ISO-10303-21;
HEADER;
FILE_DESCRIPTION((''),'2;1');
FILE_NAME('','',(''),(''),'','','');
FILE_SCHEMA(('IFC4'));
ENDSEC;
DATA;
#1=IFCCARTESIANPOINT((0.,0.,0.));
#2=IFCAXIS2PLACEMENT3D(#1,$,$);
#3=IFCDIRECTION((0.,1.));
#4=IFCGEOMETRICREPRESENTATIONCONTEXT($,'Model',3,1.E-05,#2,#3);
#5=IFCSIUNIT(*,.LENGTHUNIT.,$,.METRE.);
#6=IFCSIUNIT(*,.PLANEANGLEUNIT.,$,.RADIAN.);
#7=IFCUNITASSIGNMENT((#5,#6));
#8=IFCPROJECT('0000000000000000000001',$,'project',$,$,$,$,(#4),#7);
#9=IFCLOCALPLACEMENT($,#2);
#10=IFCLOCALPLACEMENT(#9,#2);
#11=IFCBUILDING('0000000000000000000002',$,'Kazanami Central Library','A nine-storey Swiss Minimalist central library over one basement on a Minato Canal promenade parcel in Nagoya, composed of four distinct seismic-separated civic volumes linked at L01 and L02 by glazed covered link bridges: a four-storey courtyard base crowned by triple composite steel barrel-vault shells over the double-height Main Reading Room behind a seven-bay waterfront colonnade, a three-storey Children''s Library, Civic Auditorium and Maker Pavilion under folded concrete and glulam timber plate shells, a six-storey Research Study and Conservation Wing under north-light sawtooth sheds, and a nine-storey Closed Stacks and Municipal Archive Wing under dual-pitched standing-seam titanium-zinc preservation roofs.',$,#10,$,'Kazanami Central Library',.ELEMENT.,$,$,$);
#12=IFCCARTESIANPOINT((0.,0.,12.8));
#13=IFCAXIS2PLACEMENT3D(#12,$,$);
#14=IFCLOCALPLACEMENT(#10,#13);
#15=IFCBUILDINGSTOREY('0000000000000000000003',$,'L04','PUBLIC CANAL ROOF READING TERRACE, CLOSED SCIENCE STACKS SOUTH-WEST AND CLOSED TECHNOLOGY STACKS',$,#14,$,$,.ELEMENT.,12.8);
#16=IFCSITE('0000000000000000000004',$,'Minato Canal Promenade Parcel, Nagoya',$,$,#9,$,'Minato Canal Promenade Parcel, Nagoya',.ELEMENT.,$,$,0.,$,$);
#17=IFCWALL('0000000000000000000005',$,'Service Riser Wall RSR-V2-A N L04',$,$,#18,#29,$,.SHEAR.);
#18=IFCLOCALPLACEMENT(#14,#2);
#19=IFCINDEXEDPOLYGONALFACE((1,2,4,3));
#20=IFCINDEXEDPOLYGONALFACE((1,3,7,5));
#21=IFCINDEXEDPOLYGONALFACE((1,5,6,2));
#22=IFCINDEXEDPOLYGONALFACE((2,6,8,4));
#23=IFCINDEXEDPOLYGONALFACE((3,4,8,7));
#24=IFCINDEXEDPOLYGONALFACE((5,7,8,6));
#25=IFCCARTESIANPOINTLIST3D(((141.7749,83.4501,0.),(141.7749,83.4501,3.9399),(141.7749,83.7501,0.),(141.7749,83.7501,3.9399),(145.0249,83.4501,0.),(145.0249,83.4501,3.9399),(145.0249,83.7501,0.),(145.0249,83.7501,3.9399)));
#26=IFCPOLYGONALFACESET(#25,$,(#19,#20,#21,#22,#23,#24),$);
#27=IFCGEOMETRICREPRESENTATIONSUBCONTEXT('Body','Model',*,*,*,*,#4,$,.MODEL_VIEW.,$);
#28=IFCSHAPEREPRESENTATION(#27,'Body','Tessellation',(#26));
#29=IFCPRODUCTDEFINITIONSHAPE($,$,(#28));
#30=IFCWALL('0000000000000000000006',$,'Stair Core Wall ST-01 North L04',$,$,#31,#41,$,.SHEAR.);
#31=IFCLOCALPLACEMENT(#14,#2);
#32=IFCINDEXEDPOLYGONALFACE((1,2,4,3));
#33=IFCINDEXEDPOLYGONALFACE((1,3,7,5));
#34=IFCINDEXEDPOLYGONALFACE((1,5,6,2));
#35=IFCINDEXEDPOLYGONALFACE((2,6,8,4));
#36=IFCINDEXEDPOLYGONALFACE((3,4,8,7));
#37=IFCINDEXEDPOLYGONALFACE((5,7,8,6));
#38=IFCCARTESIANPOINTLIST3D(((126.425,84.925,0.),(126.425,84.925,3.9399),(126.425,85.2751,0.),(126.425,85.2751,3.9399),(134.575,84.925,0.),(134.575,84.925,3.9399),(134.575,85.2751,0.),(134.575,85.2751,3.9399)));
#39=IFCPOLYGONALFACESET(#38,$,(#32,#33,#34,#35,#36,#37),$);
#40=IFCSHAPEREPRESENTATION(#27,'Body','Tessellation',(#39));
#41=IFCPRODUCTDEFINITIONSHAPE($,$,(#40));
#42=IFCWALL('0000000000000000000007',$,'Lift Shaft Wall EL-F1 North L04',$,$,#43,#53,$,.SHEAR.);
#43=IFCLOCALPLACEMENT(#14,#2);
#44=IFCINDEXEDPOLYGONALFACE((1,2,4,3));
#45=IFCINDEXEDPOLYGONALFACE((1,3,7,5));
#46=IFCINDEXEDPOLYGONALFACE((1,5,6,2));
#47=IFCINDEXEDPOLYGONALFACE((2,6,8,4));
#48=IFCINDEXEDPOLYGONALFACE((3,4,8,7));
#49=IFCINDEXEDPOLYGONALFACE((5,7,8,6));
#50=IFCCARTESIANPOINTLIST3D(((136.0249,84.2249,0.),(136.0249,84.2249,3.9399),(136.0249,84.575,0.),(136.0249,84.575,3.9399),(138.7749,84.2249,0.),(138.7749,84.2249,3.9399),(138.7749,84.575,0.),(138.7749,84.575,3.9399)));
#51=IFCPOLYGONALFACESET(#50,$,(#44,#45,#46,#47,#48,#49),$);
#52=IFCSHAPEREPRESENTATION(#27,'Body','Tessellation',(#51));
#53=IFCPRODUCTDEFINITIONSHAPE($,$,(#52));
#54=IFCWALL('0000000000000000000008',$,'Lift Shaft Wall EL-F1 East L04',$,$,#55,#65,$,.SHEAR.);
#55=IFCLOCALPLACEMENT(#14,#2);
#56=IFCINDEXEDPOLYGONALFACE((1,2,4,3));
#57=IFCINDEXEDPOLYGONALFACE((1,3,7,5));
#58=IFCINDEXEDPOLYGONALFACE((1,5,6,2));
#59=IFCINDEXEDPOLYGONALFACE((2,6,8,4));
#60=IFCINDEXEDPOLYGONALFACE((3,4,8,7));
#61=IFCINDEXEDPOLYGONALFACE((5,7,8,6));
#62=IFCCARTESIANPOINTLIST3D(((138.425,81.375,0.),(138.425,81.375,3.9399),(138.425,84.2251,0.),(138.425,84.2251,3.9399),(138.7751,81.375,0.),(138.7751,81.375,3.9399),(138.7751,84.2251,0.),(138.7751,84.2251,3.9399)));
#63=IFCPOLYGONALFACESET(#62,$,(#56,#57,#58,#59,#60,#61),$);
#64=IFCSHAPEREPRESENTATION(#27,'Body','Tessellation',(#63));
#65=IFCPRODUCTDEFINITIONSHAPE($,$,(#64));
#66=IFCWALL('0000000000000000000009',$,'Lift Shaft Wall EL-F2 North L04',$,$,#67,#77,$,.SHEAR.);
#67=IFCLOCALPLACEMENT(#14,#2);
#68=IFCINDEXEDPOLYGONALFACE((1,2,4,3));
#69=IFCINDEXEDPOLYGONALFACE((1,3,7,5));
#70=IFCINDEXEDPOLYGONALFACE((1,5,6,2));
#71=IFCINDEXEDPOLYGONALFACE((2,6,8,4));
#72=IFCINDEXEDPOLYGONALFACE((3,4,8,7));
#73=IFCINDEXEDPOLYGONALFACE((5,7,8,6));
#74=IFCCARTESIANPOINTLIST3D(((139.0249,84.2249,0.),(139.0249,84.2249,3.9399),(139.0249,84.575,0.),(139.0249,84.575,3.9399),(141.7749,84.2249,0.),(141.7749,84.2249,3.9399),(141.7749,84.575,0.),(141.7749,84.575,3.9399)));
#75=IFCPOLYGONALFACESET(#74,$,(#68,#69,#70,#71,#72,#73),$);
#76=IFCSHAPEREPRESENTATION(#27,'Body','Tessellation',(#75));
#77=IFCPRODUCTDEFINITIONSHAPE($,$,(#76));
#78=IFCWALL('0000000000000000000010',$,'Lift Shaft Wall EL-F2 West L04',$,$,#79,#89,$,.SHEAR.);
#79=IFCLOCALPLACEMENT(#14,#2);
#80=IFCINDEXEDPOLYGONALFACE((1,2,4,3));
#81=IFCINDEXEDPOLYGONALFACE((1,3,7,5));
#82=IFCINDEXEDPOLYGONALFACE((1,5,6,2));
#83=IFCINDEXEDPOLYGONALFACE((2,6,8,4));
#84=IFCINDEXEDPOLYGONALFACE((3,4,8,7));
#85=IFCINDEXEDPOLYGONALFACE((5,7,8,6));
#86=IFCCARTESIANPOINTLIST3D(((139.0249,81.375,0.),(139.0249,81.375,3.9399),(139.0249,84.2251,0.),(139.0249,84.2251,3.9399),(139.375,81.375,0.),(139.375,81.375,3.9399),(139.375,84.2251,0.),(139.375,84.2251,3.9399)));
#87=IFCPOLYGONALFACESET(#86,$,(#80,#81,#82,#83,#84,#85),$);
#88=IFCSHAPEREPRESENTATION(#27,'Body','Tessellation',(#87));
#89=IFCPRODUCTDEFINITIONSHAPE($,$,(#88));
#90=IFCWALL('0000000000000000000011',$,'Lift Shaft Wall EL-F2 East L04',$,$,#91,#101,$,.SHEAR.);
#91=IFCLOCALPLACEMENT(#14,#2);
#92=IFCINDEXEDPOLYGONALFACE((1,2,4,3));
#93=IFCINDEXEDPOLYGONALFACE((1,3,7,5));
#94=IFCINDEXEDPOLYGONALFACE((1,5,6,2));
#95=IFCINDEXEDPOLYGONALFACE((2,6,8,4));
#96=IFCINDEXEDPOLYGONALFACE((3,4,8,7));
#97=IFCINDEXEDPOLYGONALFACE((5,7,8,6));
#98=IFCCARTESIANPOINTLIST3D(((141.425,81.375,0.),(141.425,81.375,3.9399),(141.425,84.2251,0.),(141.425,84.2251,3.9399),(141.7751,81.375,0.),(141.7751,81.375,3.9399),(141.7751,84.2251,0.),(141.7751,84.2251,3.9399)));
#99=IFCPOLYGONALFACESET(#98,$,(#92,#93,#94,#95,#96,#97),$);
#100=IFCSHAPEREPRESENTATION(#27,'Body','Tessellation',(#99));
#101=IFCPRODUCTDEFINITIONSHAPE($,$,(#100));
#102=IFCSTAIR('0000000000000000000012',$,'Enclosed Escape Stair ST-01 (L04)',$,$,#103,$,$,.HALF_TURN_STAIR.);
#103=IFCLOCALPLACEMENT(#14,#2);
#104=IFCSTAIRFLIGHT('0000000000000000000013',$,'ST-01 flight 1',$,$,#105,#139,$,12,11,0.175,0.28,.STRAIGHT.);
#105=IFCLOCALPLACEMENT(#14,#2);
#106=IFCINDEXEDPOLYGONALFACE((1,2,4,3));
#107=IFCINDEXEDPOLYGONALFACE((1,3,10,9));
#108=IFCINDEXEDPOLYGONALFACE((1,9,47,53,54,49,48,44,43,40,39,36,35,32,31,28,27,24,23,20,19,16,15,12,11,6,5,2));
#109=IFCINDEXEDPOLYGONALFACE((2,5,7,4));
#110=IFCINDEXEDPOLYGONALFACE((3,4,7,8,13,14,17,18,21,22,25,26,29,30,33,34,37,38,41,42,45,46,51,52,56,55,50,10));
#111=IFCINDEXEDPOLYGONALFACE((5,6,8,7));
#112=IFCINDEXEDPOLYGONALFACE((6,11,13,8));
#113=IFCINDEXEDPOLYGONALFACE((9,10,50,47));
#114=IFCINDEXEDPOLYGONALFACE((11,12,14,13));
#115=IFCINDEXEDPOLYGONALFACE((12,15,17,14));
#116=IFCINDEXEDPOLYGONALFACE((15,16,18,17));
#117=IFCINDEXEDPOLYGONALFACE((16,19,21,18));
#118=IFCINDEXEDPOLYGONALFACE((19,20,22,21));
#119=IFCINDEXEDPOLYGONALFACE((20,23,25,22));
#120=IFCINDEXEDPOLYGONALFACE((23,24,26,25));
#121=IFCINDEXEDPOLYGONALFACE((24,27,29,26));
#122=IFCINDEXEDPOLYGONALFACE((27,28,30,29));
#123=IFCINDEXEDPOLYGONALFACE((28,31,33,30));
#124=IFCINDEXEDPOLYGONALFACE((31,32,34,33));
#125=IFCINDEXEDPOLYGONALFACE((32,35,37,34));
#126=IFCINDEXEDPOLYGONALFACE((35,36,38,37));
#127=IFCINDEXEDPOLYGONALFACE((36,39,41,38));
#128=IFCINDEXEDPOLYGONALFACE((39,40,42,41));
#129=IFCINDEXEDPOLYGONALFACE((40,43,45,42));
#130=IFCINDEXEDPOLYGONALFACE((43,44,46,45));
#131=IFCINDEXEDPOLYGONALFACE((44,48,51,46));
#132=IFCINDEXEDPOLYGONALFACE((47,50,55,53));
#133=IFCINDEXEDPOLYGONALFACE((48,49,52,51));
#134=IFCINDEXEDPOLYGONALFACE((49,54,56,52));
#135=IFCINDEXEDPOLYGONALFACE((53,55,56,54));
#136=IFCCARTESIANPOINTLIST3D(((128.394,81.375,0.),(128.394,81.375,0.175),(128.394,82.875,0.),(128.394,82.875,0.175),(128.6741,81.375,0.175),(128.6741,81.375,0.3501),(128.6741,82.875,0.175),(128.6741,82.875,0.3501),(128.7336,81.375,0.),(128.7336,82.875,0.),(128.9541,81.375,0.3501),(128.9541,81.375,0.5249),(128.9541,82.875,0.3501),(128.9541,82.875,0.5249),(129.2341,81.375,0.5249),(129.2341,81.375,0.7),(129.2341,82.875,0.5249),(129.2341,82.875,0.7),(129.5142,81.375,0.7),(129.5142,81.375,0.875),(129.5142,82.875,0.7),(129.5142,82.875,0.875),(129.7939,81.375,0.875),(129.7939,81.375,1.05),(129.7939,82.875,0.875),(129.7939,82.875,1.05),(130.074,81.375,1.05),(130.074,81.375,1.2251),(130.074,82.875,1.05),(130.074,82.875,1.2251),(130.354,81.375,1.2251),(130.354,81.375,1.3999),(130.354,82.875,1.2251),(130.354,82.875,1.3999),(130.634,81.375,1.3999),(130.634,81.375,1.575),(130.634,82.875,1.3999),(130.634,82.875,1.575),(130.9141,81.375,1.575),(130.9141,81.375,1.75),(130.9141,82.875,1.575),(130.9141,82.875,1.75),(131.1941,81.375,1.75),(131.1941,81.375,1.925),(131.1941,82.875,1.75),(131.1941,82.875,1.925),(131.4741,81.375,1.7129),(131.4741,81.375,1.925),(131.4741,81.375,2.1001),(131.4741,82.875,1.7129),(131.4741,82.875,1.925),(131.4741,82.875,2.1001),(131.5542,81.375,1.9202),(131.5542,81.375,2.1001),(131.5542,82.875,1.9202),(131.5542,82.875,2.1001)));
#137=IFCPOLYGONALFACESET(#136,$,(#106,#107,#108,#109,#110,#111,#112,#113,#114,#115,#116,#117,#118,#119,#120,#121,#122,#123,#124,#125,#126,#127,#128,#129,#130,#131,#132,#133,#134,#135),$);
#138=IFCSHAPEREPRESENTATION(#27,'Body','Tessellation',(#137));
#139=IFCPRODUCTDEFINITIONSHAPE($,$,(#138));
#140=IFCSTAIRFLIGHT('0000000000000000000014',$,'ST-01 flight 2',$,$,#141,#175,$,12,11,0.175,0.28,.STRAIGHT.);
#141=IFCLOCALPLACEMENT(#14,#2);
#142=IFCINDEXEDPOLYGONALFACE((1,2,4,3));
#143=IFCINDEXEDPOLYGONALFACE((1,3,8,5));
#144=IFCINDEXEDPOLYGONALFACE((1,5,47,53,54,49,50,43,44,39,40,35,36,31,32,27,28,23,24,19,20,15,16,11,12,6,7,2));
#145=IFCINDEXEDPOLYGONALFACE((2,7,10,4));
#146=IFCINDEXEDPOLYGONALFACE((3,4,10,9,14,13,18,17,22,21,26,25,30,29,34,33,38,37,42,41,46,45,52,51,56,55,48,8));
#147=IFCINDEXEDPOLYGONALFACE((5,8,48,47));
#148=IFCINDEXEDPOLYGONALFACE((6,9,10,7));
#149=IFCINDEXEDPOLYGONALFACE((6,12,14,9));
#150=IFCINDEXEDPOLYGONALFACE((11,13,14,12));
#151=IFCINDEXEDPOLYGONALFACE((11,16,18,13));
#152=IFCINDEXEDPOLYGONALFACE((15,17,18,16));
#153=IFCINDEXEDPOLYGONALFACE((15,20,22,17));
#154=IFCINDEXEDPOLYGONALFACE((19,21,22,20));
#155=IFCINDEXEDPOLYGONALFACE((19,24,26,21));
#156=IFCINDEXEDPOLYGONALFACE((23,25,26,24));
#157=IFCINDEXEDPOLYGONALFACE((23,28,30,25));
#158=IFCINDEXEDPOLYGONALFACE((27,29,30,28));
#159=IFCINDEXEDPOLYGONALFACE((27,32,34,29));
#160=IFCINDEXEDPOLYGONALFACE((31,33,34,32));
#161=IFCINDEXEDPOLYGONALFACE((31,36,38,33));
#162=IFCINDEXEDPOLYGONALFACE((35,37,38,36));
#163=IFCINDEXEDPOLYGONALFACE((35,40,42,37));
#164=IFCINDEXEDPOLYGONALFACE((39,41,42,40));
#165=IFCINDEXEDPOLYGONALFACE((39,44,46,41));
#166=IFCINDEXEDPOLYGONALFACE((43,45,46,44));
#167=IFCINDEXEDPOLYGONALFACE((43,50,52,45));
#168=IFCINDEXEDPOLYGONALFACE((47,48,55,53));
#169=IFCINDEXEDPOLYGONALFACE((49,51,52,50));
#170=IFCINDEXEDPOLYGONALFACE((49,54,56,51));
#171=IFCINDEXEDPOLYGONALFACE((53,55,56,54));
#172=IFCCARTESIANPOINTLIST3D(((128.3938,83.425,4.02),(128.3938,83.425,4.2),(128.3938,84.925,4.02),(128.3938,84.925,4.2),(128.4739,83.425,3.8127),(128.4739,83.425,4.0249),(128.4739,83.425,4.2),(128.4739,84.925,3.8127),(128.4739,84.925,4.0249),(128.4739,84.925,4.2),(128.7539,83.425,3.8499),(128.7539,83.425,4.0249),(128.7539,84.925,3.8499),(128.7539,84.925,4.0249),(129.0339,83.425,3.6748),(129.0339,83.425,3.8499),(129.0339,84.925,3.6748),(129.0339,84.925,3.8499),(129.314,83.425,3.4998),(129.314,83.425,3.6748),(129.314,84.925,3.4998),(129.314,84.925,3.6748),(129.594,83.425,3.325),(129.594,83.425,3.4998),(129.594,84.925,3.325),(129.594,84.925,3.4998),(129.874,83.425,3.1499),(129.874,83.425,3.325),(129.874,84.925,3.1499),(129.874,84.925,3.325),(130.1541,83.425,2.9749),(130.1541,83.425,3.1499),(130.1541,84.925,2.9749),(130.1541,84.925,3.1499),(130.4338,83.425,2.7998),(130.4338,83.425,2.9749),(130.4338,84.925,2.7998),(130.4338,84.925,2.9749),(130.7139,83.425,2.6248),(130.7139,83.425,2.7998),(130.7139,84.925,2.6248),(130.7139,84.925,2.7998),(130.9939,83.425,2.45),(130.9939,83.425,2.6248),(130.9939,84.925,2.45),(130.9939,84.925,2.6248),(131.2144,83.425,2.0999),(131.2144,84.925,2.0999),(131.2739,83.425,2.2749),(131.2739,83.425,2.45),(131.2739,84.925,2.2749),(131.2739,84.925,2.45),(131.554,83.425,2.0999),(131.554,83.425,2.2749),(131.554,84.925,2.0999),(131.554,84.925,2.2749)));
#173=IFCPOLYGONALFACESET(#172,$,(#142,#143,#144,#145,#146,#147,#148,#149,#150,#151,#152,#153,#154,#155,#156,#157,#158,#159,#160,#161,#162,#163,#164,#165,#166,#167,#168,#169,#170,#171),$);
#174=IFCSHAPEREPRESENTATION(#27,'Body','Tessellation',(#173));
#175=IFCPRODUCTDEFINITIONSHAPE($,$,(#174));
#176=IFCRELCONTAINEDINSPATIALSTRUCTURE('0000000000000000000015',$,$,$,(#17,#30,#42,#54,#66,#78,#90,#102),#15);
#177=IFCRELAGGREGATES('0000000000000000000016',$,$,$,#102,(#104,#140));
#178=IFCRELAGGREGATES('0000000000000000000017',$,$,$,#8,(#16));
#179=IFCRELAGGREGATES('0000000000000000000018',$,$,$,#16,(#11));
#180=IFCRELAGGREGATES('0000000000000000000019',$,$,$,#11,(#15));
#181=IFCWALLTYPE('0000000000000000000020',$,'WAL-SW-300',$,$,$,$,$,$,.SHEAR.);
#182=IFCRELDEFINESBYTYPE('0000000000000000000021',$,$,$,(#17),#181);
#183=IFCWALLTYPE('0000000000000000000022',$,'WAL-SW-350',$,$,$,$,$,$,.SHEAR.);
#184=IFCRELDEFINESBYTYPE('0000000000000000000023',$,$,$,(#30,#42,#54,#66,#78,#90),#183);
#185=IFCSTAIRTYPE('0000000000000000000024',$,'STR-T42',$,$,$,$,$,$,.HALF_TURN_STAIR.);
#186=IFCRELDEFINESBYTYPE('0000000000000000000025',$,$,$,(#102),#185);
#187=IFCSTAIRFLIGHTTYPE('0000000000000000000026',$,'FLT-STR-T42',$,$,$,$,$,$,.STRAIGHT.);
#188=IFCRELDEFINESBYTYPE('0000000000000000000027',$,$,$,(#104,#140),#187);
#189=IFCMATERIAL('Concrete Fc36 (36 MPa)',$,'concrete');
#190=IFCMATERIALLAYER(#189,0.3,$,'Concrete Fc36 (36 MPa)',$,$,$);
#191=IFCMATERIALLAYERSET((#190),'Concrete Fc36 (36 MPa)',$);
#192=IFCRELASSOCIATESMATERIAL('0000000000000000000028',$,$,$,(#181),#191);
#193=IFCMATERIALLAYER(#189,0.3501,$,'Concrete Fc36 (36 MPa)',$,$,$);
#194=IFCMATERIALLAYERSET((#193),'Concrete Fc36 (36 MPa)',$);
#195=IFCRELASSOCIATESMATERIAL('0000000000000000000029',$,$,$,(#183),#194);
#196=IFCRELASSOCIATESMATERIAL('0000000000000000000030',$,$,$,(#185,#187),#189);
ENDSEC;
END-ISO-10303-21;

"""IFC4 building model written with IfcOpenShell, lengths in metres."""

from ifc_helpers import new_model, si_unit, direction, frame, frame_2d, origin, place, context, subcontext, project, spatial, polyline, rectangle, outline, extrude, material, layer, layer_set, type_object, element, aggregate, save


model = new_model("IFC4")

# Units and contexts
model_context = context("Model", 3, precision=1e-05, world=origin(), true_north=direction((0.0, 1.0)))
body_context = subcontext(model_context, "Body", "Model", "MODEL_VIEW")
ifc_project = project(units=[si_unit("LENGTHUNIT", "METRE"), si_unit("PLANEANGLEUNIT", "RADIAN")], contexts=[model_context])

# Site, building, storey
site_placement = place(None, origin())
site = spatial("IfcSite", under=ifc_project, at=site_placement, Name="Minato Canal Promenade Parcel, Nagoya", LongName="Minato Canal Promenade Parcel, Nagoya", CompositionType="ELEMENT", RefElevation=0.0)
building_placement = place(site_placement, origin())
building = spatial("IfcBuilding", under=site, at=building_placement, Name="Kazanami Central Library", Description="A nine-storey Swiss Minimalist central library over one basement on a Minato Canal promenade parcel in Nagoya, composed of four distinct seismic-separated civic volumes linked at L01 and L02 by glazed covered link bridges: a four-storey courtyard base crowned by triple composite steel barrel-vault shells over the double-height Main Reading Room behind a seven-bay waterfront colonnade, a three-storey Children's Library, Civic Auditorium and Maker Pavilion under folded concrete and glulam timber plate shells, a six-storey Research Study and Conservation Wing under north-light sawtooth sheds, and a nine-storey Closed Stacks and Municipal Archive Wing under dual-pitched standing-seam titanium-zinc preservation roofs.", LongName="Kazanami Central Library", CompositionType="ELEMENT")
storey_placement = place(building_placement, frame((0.0, 0.0, 12.8)))
storey = spatial("IfcBuildingStorey", under=building, at=storey_placement, Name="L04", Description="PUBLIC CANAL ROOF READING TERRACE, CLOSED SCIENCE STACKS SOUTH-WEST AND CLOSED TECHNOLOGY STACKS", CompositionType="ELEMENT", Elevation=12.8)

# Shared definitions
ifc_material_1 = material(Name="Concrete Fc36 (36 MPa)", Category="concrete")

# Walls
ifc_layer_1 = layer(ifc_material_1, 0.3, Name="Concrete Fc36 (36 MPa)")
ifc_layer_set_1 = layer_set([ifc_layer_1], Name="Concrete Fc36 (36 MPa)")
wall_type_1 = type_object("IfcWallType", Name="WAL-SW-300", PredefinedType="SHEAR", material=ifc_layer_set_1)
wall_1_placement = place(storey_placement, frame((141.7749, 83.6001, 0.0), z_axis=(0.0, 0.0, 1.0), x_axis=(1.0, 0.0, 0.0)))
element("IfcWall", 1, at=wall_1_placement, inside=storey, type_object=wall_type_1, Name="Service Riser Wall RSR-V2-A N L04", PredefinedType="SHEAR", context=body_context, shape_type="SweptSolid", body=[
    extrude(rectangle(XDim=3.25, YDim=0.3, at=frame_2d((1.625, 0.0))), origin(), (0.0, 0.0, 1.0), 3.9399),
])
ifc_layer_2 = layer(ifc_material_1, 0.3501, Name="Concrete Fc36 (36 MPa)")
ifc_layer_set_2 = layer_set([ifc_layer_2], Name="Concrete Fc36 (36 MPa)")
wall_type_2 = type_object("IfcWallType", Name="WAL-SW-350", PredefinedType="SHEAR", material=ifc_layer_set_2)
wall_2_placement = place(storey_placement, frame((126.425, 85.1001, 0.0), z_axis=(0.0, 0.0, 1.0), x_axis=(1.0, 0.0, 0.0)))
element("IfcWall", 2, at=wall_2_placement, inside=storey, type_object=wall_type_2, Name="Stair Core Wall ST-01 North L04", PredefinedType="SHEAR", context=body_context, shape_type="SweptSolid", body=[
    extrude(rectangle(XDim=8.1499, YDim=0.3501, at=frame_2d((4.075, 0.0))), origin(), (0.0, 0.0, 1.0), 3.9399),
])
wall_3_placement = place(storey_placement, frame((136.0249, 84.3999, 0.0), z_axis=(0.0, 0.0, 1.0), x_axis=(1.0, 0.0, 0.0)))
element("IfcWall", 3, at=wall_3_placement, inside=storey, type_object=wall_type_2, Name="Lift Shaft Wall EL-F1 North L04", PredefinedType="SHEAR", context=body_context, shape_type="SweptSolid", body=[
    extrude(rectangle(XDim=2.75, YDim=0.3501, at=frame_2d((1.375, 0.0))), origin(), (0.0, 0.0, 1.0), 3.9399),
])
wall_4_placement = place(storey_placement, frame((138.6001, 81.375, 0.0), z_axis=(0.0, 0.0, 1.0), x_axis=(0.0, 1.0, 0.0)))
element("IfcWall", 4, at=wall_4_placement, inside=storey, type_object=wall_type_2, Name="Lift Shaft Wall EL-F1 East L04", PredefinedType="SHEAR", context=body_context, shape_type="SweptSolid", body=[
    extrude(rectangle(XDim=2.8501, YDim=0.3501, at=frame_2d((1.425, 0.0))), origin(), (0.0, 0.0, 1.0), 3.9399),
])
wall_5_placement = place(storey_placement, frame((139.0249, 84.3999, 0.0), z_axis=(0.0, 0.0, 1.0), x_axis=(1.0, 0.0, 0.0)))
element("IfcWall", 5, at=wall_5_placement, inside=storey, type_object=wall_type_2, Name="Lift Shaft Wall EL-F2 North L04", PredefinedType="SHEAR", context=body_context, shape_type="SweptSolid", body=[
    extrude(rectangle(XDim=2.75, YDim=0.3501, at=frame_2d((1.375, 0.0))), origin(), (0.0, 0.0, 1.0), 3.9399),
])
for number, where, z_axis, x_axis, name in (
    (6, (139.2, 81.375, 0.0), (0.0, 0.0, 1.0), (0.0, 1.0, 0.0), "Lift Shaft Wall EL-F2 West L04"),
    (7, (141.6001, 81.375, 0.0), (0.0, 0.0, 1.0), (0.0, 1.0, 0.0), "Lift Shaft Wall EL-F2 East L04"),
):
    element("IfcWall", number, at=place(storey_placement, frame(where, z_axis=z_axis, x_axis=x_axis)), inside=storey, type_object=wall_type_2, Name=name, PredefinedType="SHEAR", context=body_context, shape_type="SweptSolid", body=[
        extrude(rectangle(XDim=2.8501, YDim=0.3501, at=frame_2d((1.425, 0.0))), origin(), (0.0, 0.0, 1.0), 3.9399),
    ])

# Stair, stair flights
stair_type = type_object("IfcStairType", Name="STR-T42", PredefinedType="HALF_TURN_STAIR", material=ifc_material_1)
stair_placement = place(storey_placement, origin())
stair = element("IfcStair", 8, at=stair_placement, inside=storey, type_object=stair_type, Name="Enclosed Escape Stair ST-01 (L04)", PredefinedType="HALF_TURN_STAIR")
stair_flight_type = type_object("IfcStairFlightType", Name="FLT-STR-T42", PredefinedType="STRAIGHT", material=ifc_material_1)
stair_flight_1_placement = place(storey_placement, frame((128.394, 82.125, 0.0), z_axis=(0.0, 0.0, 1.0), x_axis=(1.0, 0.0, 0.0)))
stair_flight_1 = element("IfcStairFlight", 9, at=stair_flight_1_placement, type_object=stair_flight_type, Name="ST-01 flight 1", NumberOfRisers=12, NumberOfTreads=11, PredefinedType="STRAIGHT", RiserHeight=0.175, TreadLength=0.28, context=body_context, shape_type="SweptSolid", body=[
    extrude(outline(polyline([(0.0, 0.0), (0.0, 0.175), (0.28, 0.175), (0.28, 0.3501), (0.5601, 0.3501), (0.5601, 0.5249), (0.8401, 0.5249), (0.8401, 0.7), (1.1201, 0.7), (1.1201, 0.875), (1.3999, 0.875), (1.3999, 1.05), (1.6799, 1.05), (1.6799, 1.2251), (1.96, 1.2251), (1.96, 1.3999), (2.24, 1.3999), (2.24, 1.575), (2.52, 1.575), (2.52, 1.75), (2.8, 1.75), (2.8, 1.925), (3.0801, 1.925), (3.0801, 2.1001), (3.1602, 2.1001), (3.1602, 1.9202), (3.0801, 1.7129), (0.3396, 0.0), (0.0, 0.0)])), frame((0.0, 0.75, 0.0), z_axis=(0.0, -1.0, 0.0), x_axis=(1.0, 0.0, 0.0)), (0.0, 0.0, 1.0), 1.5),
])
stair_flight_2_placement = place(storey_placement, frame((131.554, 84.175, 2.0999), z_axis=(0.0, 0.0, 1.0), x_axis=(-1.0, 0.0, 0.0)))
stair_flight_2 = element("IfcStairFlight", 10, at=stair_flight_2_placement, type_object=stair_flight_type, Name="ST-01 flight 2", NumberOfRisers=12, NumberOfTreads=11, PredefinedType="STRAIGHT", RiserHeight=0.175, TreadLength=0.28, context=body_context, shape_type="SweptSolid", body=[
    extrude(outline(polyline([(0.0, 0.0), (0.0, 0.175), (0.28, 0.175), (0.28, 0.3501), (0.5601, 0.3501), (0.5601, 0.5249), (0.8401, 0.5249), (0.8401, 0.7), (1.1201, 0.7), (1.1201, 0.875), (1.3999, 0.875), (1.3999, 1.05), (1.6799, 1.05), (1.6799, 1.2251), (1.96, 1.2251), (1.96, 1.3999), (2.24, 1.3999), (2.24, 1.575), (2.52, 1.575), (2.52, 1.75), (2.8, 1.75), (2.8, 1.925), (3.0801, 1.925), (3.0801, 2.1001), (3.1602, 2.1001), (3.1602, 1.9202), (3.0801, 1.7129), (0.3396, 0.0), (0.0, 0.0)])), frame((0.0, 0.75, 0.0), z_axis=(0.0, -1.0, 0.0), x_axis=(1.0, 0.0, 0.0)), (0.0, 0.0, 1.0), 1.5),
])
aggregate(stair, [stair_flight_1, stair_flight_2])

save(model, "model.ifc")
